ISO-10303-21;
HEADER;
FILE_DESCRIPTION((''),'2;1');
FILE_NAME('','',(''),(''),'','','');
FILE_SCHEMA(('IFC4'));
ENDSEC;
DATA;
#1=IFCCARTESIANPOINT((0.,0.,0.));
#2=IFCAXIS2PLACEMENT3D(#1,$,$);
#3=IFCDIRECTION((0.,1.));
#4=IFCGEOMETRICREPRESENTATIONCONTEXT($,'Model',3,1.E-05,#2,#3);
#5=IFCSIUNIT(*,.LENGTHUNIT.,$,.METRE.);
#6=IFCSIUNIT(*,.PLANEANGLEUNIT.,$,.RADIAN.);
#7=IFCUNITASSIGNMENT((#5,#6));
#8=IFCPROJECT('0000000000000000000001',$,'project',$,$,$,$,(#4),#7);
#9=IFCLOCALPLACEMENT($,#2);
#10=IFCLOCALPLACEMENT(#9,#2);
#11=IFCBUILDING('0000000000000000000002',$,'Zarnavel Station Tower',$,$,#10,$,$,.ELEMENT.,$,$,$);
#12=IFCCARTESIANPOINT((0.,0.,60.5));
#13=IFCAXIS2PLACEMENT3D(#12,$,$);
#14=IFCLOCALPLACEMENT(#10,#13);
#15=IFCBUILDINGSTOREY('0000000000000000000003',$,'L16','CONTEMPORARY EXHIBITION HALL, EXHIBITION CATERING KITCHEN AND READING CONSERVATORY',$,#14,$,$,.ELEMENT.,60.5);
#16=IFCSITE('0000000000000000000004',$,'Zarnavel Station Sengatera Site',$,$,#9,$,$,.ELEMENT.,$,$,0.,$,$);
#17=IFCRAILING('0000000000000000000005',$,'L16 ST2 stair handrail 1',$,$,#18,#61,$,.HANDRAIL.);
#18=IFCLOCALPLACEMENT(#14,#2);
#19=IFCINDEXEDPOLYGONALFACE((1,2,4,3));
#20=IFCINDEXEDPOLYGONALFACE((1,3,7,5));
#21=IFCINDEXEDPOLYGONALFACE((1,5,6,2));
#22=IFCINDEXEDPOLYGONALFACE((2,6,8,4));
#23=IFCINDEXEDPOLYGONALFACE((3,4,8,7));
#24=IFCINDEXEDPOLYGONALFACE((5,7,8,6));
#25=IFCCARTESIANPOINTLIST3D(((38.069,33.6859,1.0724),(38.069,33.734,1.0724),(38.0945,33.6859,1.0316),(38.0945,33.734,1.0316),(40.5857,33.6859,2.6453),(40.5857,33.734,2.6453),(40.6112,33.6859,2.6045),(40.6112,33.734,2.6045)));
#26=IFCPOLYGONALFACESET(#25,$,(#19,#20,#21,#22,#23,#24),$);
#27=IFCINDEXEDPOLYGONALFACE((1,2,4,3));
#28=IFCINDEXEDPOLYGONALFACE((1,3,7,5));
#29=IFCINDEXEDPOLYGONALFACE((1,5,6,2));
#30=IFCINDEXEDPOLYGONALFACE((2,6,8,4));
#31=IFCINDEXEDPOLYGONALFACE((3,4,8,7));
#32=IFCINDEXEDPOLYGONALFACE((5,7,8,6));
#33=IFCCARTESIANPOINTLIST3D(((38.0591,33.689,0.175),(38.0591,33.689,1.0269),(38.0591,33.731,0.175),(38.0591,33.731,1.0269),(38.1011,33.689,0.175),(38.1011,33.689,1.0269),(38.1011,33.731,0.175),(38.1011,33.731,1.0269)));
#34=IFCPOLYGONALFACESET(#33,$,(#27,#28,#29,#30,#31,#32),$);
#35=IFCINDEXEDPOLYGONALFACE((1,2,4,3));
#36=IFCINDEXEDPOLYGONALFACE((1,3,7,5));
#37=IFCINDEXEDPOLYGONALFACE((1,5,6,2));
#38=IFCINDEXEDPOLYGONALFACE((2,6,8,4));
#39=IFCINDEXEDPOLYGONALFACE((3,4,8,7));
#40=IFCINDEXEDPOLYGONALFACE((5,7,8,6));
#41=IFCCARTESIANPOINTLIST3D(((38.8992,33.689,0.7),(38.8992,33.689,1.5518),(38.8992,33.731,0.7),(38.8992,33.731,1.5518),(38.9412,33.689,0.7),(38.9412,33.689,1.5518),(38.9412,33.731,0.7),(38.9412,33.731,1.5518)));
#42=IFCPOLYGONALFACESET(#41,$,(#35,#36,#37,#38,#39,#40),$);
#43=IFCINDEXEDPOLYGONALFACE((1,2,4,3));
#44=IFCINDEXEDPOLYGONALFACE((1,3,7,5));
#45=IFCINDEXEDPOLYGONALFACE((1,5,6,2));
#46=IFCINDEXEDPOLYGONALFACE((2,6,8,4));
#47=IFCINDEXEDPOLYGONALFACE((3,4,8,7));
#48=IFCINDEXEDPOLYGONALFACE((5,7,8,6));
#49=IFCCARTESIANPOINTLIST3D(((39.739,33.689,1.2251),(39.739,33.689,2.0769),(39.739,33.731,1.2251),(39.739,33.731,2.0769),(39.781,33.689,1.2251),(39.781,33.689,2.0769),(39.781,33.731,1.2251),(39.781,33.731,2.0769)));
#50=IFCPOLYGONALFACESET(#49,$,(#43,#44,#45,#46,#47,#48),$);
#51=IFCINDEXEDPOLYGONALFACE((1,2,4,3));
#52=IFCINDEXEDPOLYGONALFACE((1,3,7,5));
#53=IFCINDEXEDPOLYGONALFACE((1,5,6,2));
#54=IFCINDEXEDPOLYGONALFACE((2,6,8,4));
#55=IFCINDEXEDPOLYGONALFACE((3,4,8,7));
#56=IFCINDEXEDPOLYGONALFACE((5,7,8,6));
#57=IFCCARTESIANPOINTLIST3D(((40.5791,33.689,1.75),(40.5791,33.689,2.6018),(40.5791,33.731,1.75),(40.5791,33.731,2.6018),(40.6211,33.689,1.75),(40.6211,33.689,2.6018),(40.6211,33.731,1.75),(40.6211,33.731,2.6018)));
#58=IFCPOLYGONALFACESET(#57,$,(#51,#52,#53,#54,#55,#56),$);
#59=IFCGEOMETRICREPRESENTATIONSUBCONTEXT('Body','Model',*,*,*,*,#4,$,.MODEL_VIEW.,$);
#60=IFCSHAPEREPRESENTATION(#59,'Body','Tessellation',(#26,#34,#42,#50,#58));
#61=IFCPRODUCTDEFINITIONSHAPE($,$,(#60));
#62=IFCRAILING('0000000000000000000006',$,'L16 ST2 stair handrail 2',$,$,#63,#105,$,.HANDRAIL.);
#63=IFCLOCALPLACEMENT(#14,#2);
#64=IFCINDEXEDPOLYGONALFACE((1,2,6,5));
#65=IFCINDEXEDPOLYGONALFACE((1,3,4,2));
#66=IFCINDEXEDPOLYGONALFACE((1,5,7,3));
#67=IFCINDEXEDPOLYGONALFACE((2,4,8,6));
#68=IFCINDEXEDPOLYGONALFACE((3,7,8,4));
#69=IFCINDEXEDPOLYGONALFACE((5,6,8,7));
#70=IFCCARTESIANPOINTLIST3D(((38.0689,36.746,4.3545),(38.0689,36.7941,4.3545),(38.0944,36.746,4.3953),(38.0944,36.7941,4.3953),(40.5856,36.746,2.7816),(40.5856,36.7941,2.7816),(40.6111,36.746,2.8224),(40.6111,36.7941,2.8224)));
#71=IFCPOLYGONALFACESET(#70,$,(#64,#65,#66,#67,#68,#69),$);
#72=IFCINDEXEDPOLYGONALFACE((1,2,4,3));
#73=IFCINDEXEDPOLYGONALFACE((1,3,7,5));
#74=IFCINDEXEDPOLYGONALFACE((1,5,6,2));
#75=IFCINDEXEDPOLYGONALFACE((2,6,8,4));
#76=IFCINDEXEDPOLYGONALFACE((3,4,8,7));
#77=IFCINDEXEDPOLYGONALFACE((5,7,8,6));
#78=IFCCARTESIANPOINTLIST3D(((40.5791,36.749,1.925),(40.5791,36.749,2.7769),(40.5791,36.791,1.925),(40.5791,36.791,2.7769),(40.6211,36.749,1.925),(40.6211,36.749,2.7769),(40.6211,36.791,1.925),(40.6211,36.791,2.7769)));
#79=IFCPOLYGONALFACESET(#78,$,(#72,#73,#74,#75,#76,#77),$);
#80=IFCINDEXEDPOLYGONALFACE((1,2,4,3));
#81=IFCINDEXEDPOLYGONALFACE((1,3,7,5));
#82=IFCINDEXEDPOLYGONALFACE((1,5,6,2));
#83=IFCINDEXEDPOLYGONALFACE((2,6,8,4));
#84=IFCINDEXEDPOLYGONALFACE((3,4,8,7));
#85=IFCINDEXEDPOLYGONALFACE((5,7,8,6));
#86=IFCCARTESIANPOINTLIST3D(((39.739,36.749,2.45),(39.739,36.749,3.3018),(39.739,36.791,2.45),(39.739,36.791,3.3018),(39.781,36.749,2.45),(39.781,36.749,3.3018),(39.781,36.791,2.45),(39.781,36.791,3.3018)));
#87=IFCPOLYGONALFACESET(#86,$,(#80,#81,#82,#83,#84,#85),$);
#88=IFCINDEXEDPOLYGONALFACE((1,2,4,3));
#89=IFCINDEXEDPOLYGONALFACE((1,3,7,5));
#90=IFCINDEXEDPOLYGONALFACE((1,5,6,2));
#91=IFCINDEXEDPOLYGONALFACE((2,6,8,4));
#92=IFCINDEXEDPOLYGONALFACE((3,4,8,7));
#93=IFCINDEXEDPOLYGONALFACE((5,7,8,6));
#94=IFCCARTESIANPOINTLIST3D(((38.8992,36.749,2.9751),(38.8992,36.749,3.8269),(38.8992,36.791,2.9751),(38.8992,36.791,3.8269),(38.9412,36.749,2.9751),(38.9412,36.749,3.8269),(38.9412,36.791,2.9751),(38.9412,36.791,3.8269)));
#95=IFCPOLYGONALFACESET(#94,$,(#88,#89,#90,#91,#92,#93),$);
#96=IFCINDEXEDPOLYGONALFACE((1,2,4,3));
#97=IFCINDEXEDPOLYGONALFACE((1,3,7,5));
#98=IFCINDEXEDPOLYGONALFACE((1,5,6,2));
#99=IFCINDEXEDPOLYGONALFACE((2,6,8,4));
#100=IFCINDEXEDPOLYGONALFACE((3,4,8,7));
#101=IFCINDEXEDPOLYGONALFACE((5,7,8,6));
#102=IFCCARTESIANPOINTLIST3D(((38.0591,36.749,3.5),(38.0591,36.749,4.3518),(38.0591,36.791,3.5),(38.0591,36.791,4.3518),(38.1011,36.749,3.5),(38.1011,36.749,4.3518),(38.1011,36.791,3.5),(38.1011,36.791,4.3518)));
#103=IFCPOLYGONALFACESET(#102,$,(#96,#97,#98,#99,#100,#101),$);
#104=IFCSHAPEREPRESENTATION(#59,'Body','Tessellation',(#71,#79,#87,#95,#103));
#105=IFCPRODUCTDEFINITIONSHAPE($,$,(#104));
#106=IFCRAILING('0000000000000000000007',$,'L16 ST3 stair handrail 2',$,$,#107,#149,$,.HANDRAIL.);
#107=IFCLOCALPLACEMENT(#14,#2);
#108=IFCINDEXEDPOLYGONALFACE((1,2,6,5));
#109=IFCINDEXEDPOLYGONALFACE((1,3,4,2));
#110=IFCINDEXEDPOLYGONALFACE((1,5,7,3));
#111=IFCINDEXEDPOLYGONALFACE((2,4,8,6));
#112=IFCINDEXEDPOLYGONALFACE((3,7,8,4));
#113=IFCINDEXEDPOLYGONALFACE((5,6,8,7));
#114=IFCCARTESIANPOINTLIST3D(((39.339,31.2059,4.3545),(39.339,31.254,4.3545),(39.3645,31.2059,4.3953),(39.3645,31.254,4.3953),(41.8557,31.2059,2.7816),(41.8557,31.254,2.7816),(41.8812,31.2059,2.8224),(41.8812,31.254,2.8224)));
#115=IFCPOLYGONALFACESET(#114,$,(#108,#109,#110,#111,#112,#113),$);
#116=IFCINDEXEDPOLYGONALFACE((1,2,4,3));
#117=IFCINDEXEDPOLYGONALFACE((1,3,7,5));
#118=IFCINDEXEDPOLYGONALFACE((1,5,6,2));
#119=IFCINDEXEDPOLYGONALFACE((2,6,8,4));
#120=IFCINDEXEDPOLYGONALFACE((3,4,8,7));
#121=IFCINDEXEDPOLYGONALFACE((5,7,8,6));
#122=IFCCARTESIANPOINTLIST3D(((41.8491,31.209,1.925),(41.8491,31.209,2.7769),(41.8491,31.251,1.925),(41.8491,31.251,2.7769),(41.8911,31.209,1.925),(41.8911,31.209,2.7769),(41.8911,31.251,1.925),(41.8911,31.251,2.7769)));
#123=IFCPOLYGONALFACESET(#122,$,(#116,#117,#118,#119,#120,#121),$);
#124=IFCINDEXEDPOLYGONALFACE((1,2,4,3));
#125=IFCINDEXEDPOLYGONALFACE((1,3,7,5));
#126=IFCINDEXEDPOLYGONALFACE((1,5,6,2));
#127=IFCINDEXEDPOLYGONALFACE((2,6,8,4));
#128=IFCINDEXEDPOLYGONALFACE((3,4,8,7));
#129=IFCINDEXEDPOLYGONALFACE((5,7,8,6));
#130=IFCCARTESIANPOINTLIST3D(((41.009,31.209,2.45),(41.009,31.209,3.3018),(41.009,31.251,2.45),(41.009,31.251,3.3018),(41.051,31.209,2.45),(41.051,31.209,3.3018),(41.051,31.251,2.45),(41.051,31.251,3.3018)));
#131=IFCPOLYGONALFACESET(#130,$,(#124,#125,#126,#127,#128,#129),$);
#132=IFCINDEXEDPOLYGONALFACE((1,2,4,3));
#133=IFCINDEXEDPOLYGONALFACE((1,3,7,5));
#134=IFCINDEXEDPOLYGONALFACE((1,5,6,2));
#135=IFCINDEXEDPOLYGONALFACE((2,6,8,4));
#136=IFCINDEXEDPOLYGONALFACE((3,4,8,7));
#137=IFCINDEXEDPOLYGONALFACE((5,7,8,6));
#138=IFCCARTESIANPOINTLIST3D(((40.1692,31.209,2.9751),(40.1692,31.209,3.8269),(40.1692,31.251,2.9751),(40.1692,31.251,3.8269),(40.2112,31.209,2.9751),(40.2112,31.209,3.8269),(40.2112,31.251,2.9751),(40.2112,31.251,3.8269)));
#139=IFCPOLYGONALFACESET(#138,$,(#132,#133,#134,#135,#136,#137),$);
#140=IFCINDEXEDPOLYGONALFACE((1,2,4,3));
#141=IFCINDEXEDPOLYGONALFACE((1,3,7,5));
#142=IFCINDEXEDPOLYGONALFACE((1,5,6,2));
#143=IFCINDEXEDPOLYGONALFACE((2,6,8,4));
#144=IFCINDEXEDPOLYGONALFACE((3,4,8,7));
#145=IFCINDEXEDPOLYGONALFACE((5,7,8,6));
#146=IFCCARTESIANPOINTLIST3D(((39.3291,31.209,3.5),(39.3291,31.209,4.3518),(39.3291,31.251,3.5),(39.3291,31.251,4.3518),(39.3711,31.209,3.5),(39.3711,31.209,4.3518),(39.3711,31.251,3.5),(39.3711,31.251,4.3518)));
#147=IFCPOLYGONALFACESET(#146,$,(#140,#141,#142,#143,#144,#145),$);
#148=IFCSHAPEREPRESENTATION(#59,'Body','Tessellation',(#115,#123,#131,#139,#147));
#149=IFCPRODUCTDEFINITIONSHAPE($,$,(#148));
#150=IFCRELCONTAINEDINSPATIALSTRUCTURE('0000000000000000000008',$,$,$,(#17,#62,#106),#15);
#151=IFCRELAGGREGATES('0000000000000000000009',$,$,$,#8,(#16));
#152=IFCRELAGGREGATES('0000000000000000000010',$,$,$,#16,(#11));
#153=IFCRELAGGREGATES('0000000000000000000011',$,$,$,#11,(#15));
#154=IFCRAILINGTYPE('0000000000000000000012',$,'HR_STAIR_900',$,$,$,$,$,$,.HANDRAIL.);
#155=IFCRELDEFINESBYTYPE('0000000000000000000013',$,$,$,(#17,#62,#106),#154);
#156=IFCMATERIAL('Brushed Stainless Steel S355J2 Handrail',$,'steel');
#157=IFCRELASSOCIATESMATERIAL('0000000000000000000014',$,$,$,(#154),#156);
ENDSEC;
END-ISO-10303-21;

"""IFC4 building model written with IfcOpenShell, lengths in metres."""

from ifc_helpers import new_model, si_unit, direction, frame, origin, origin_2d, place, context, subcontext, project, spatial, rectangle, extrude, material, type_object, element, save


model = new_model("IFC4")

# Units and contexts
model_context = context("Model", 3, precision=1e-05, world=origin(), true_north=direction((0.0, 1.0)))
body_context = subcontext(model_context, "Body", "Model", "MODEL_VIEW")
ifc_project = project(units=[si_unit("LENGTHUNIT", "METRE"), si_unit("PLANEANGLEUNIT", "RADIAN")], contexts=[model_context])

# Site, building, storey
site_placement = place(None, origin())
site = spatial("IfcSite", under=ifc_project, at=site_placement, Name="Zarnavel Station Sengatera Site", CompositionType="ELEMENT", RefElevation=0.0)
building_placement = place(site_placement, origin())
building = spatial("IfcBuilding", under=site, at=building_placement, Name="Zarnavel Station Tower", CompositionType="ELEMENT")
storey_placement = place(building_placement, frame((0.0, 0.0, 60.5)))
storey = spatial("IfcBuildingStorey", under=building, at=storey_placement, Name="L16", Description="CONTEMPORARY EXHIBITION HALL, EXHIBITION CATERING KITCHEN AND READING CONSERVATORY", CompositionType="ELEMENT", Elevation=60.5)

# Railings
ifc_material_1 = material(Name="Brushed Stainless Steel S355J2 Handrail", Category="steel")
railing_type_1 = type_object("IfcRailingType", Name="HR_STAIR_900", PredefinedType="HANDRAIL", material=ifc_material_1)
railing_1_placement = place(storey_placement, frame((38.0801, 33.71, 0.175)))
element("IfcRailing", 1, at=railing_1_placement, inside=storey, type_object=railing_type_1, Name="L16 ST2 stair handrail 1", PredefinedType="HANDRAIL", context=body_context, shape_type="SweptSolid", body=[
    extrude(rectangle(XDim=0.0481, YDim=0.0481, at=origin_2d()), frame((0.0017, 0.0, 0.877), z_axis=(0.848008, 0.0, 0.529984), x_axis=(0.0, 1.0, 0.0)), (0.0, 0.0, 1.0), 2.9678),
    extrude(rectangle(XDim=0.042, YDim=0.042, at=origin_2d()), origin(), (0.0, 0.0, 1.0), 0.8518),
    extrude(rectangle(XDim=0.042, YDim=0.042, at=origin_2d()), frame((0.8401, 0.0, 0.5249)), (0.0, 0.0, 1.0), 0.8518),
    extrude(rectangle(XDim=0.042, YDim=0.042, at=origin_2d()), frame((1.6799, 0.0, 1.05)), (0.0, 0.0, 1.0), 0.8518),
    extrude(rectangle(XDim=0.042, YDim=0.042, at=origin_2d()), frame((2.52, 0.0, 1.575)), (0.0, 0.0, 1.0), 0.8518),
])
for number, where, name in (
    (2, (40.6001, 36.77, 1.925), "L16 ST2 stair handrail 2"),
    (3, (41.8701, 31.23, 1.925), "L16 ST3 stair handrail 2"),
):
    element("IfcRailing", number, at=place(storey_placement, frame(where)), inside=storey, type_object=railing_type_1, Name=name, PredefinedType="HANDRAIL", context=body_context, shape_type="SweptSolid", body=[
        extrude(rectangle(XDim=0.0481, YDim=0.0481, at=origin_2d()), frame((-0.0017, 0.0, 0.877), z_axis=(-0.848008, 0.0, 0.529984), x_axis=(0.0, -1.0, 0.0)), (0.0, 0.0, 1.0), 2.9678),
        extrude(rectangle(XDim=0.042, YDim=0.042, at=origin_2d()), origin(), (0.0, 0.0, 1.0), 0.8518),
        extrude(rectangle(XDim=0.042, YDim=0.042, at=origin_2d()), frame((-0.8401, 0.0, 0.5249)), (0.0, 0.0, 1.0), 0.8518),
        extrude(rectangle(XDim=0.042, YDim=0.042, at=origin_2d()), frame((-1.6799, 0.0, 1.05)), (0.0, 0.0, 1.0), 0.8518),
        extrude(rectangle(XDim=0.042, YDim=0.042, at=origin_2d()), frame((-2.52, 0.0, 1.575)), (0.0, 0.0, 1.0), 0.8518),
    ])

save(model, "model.ifc")
